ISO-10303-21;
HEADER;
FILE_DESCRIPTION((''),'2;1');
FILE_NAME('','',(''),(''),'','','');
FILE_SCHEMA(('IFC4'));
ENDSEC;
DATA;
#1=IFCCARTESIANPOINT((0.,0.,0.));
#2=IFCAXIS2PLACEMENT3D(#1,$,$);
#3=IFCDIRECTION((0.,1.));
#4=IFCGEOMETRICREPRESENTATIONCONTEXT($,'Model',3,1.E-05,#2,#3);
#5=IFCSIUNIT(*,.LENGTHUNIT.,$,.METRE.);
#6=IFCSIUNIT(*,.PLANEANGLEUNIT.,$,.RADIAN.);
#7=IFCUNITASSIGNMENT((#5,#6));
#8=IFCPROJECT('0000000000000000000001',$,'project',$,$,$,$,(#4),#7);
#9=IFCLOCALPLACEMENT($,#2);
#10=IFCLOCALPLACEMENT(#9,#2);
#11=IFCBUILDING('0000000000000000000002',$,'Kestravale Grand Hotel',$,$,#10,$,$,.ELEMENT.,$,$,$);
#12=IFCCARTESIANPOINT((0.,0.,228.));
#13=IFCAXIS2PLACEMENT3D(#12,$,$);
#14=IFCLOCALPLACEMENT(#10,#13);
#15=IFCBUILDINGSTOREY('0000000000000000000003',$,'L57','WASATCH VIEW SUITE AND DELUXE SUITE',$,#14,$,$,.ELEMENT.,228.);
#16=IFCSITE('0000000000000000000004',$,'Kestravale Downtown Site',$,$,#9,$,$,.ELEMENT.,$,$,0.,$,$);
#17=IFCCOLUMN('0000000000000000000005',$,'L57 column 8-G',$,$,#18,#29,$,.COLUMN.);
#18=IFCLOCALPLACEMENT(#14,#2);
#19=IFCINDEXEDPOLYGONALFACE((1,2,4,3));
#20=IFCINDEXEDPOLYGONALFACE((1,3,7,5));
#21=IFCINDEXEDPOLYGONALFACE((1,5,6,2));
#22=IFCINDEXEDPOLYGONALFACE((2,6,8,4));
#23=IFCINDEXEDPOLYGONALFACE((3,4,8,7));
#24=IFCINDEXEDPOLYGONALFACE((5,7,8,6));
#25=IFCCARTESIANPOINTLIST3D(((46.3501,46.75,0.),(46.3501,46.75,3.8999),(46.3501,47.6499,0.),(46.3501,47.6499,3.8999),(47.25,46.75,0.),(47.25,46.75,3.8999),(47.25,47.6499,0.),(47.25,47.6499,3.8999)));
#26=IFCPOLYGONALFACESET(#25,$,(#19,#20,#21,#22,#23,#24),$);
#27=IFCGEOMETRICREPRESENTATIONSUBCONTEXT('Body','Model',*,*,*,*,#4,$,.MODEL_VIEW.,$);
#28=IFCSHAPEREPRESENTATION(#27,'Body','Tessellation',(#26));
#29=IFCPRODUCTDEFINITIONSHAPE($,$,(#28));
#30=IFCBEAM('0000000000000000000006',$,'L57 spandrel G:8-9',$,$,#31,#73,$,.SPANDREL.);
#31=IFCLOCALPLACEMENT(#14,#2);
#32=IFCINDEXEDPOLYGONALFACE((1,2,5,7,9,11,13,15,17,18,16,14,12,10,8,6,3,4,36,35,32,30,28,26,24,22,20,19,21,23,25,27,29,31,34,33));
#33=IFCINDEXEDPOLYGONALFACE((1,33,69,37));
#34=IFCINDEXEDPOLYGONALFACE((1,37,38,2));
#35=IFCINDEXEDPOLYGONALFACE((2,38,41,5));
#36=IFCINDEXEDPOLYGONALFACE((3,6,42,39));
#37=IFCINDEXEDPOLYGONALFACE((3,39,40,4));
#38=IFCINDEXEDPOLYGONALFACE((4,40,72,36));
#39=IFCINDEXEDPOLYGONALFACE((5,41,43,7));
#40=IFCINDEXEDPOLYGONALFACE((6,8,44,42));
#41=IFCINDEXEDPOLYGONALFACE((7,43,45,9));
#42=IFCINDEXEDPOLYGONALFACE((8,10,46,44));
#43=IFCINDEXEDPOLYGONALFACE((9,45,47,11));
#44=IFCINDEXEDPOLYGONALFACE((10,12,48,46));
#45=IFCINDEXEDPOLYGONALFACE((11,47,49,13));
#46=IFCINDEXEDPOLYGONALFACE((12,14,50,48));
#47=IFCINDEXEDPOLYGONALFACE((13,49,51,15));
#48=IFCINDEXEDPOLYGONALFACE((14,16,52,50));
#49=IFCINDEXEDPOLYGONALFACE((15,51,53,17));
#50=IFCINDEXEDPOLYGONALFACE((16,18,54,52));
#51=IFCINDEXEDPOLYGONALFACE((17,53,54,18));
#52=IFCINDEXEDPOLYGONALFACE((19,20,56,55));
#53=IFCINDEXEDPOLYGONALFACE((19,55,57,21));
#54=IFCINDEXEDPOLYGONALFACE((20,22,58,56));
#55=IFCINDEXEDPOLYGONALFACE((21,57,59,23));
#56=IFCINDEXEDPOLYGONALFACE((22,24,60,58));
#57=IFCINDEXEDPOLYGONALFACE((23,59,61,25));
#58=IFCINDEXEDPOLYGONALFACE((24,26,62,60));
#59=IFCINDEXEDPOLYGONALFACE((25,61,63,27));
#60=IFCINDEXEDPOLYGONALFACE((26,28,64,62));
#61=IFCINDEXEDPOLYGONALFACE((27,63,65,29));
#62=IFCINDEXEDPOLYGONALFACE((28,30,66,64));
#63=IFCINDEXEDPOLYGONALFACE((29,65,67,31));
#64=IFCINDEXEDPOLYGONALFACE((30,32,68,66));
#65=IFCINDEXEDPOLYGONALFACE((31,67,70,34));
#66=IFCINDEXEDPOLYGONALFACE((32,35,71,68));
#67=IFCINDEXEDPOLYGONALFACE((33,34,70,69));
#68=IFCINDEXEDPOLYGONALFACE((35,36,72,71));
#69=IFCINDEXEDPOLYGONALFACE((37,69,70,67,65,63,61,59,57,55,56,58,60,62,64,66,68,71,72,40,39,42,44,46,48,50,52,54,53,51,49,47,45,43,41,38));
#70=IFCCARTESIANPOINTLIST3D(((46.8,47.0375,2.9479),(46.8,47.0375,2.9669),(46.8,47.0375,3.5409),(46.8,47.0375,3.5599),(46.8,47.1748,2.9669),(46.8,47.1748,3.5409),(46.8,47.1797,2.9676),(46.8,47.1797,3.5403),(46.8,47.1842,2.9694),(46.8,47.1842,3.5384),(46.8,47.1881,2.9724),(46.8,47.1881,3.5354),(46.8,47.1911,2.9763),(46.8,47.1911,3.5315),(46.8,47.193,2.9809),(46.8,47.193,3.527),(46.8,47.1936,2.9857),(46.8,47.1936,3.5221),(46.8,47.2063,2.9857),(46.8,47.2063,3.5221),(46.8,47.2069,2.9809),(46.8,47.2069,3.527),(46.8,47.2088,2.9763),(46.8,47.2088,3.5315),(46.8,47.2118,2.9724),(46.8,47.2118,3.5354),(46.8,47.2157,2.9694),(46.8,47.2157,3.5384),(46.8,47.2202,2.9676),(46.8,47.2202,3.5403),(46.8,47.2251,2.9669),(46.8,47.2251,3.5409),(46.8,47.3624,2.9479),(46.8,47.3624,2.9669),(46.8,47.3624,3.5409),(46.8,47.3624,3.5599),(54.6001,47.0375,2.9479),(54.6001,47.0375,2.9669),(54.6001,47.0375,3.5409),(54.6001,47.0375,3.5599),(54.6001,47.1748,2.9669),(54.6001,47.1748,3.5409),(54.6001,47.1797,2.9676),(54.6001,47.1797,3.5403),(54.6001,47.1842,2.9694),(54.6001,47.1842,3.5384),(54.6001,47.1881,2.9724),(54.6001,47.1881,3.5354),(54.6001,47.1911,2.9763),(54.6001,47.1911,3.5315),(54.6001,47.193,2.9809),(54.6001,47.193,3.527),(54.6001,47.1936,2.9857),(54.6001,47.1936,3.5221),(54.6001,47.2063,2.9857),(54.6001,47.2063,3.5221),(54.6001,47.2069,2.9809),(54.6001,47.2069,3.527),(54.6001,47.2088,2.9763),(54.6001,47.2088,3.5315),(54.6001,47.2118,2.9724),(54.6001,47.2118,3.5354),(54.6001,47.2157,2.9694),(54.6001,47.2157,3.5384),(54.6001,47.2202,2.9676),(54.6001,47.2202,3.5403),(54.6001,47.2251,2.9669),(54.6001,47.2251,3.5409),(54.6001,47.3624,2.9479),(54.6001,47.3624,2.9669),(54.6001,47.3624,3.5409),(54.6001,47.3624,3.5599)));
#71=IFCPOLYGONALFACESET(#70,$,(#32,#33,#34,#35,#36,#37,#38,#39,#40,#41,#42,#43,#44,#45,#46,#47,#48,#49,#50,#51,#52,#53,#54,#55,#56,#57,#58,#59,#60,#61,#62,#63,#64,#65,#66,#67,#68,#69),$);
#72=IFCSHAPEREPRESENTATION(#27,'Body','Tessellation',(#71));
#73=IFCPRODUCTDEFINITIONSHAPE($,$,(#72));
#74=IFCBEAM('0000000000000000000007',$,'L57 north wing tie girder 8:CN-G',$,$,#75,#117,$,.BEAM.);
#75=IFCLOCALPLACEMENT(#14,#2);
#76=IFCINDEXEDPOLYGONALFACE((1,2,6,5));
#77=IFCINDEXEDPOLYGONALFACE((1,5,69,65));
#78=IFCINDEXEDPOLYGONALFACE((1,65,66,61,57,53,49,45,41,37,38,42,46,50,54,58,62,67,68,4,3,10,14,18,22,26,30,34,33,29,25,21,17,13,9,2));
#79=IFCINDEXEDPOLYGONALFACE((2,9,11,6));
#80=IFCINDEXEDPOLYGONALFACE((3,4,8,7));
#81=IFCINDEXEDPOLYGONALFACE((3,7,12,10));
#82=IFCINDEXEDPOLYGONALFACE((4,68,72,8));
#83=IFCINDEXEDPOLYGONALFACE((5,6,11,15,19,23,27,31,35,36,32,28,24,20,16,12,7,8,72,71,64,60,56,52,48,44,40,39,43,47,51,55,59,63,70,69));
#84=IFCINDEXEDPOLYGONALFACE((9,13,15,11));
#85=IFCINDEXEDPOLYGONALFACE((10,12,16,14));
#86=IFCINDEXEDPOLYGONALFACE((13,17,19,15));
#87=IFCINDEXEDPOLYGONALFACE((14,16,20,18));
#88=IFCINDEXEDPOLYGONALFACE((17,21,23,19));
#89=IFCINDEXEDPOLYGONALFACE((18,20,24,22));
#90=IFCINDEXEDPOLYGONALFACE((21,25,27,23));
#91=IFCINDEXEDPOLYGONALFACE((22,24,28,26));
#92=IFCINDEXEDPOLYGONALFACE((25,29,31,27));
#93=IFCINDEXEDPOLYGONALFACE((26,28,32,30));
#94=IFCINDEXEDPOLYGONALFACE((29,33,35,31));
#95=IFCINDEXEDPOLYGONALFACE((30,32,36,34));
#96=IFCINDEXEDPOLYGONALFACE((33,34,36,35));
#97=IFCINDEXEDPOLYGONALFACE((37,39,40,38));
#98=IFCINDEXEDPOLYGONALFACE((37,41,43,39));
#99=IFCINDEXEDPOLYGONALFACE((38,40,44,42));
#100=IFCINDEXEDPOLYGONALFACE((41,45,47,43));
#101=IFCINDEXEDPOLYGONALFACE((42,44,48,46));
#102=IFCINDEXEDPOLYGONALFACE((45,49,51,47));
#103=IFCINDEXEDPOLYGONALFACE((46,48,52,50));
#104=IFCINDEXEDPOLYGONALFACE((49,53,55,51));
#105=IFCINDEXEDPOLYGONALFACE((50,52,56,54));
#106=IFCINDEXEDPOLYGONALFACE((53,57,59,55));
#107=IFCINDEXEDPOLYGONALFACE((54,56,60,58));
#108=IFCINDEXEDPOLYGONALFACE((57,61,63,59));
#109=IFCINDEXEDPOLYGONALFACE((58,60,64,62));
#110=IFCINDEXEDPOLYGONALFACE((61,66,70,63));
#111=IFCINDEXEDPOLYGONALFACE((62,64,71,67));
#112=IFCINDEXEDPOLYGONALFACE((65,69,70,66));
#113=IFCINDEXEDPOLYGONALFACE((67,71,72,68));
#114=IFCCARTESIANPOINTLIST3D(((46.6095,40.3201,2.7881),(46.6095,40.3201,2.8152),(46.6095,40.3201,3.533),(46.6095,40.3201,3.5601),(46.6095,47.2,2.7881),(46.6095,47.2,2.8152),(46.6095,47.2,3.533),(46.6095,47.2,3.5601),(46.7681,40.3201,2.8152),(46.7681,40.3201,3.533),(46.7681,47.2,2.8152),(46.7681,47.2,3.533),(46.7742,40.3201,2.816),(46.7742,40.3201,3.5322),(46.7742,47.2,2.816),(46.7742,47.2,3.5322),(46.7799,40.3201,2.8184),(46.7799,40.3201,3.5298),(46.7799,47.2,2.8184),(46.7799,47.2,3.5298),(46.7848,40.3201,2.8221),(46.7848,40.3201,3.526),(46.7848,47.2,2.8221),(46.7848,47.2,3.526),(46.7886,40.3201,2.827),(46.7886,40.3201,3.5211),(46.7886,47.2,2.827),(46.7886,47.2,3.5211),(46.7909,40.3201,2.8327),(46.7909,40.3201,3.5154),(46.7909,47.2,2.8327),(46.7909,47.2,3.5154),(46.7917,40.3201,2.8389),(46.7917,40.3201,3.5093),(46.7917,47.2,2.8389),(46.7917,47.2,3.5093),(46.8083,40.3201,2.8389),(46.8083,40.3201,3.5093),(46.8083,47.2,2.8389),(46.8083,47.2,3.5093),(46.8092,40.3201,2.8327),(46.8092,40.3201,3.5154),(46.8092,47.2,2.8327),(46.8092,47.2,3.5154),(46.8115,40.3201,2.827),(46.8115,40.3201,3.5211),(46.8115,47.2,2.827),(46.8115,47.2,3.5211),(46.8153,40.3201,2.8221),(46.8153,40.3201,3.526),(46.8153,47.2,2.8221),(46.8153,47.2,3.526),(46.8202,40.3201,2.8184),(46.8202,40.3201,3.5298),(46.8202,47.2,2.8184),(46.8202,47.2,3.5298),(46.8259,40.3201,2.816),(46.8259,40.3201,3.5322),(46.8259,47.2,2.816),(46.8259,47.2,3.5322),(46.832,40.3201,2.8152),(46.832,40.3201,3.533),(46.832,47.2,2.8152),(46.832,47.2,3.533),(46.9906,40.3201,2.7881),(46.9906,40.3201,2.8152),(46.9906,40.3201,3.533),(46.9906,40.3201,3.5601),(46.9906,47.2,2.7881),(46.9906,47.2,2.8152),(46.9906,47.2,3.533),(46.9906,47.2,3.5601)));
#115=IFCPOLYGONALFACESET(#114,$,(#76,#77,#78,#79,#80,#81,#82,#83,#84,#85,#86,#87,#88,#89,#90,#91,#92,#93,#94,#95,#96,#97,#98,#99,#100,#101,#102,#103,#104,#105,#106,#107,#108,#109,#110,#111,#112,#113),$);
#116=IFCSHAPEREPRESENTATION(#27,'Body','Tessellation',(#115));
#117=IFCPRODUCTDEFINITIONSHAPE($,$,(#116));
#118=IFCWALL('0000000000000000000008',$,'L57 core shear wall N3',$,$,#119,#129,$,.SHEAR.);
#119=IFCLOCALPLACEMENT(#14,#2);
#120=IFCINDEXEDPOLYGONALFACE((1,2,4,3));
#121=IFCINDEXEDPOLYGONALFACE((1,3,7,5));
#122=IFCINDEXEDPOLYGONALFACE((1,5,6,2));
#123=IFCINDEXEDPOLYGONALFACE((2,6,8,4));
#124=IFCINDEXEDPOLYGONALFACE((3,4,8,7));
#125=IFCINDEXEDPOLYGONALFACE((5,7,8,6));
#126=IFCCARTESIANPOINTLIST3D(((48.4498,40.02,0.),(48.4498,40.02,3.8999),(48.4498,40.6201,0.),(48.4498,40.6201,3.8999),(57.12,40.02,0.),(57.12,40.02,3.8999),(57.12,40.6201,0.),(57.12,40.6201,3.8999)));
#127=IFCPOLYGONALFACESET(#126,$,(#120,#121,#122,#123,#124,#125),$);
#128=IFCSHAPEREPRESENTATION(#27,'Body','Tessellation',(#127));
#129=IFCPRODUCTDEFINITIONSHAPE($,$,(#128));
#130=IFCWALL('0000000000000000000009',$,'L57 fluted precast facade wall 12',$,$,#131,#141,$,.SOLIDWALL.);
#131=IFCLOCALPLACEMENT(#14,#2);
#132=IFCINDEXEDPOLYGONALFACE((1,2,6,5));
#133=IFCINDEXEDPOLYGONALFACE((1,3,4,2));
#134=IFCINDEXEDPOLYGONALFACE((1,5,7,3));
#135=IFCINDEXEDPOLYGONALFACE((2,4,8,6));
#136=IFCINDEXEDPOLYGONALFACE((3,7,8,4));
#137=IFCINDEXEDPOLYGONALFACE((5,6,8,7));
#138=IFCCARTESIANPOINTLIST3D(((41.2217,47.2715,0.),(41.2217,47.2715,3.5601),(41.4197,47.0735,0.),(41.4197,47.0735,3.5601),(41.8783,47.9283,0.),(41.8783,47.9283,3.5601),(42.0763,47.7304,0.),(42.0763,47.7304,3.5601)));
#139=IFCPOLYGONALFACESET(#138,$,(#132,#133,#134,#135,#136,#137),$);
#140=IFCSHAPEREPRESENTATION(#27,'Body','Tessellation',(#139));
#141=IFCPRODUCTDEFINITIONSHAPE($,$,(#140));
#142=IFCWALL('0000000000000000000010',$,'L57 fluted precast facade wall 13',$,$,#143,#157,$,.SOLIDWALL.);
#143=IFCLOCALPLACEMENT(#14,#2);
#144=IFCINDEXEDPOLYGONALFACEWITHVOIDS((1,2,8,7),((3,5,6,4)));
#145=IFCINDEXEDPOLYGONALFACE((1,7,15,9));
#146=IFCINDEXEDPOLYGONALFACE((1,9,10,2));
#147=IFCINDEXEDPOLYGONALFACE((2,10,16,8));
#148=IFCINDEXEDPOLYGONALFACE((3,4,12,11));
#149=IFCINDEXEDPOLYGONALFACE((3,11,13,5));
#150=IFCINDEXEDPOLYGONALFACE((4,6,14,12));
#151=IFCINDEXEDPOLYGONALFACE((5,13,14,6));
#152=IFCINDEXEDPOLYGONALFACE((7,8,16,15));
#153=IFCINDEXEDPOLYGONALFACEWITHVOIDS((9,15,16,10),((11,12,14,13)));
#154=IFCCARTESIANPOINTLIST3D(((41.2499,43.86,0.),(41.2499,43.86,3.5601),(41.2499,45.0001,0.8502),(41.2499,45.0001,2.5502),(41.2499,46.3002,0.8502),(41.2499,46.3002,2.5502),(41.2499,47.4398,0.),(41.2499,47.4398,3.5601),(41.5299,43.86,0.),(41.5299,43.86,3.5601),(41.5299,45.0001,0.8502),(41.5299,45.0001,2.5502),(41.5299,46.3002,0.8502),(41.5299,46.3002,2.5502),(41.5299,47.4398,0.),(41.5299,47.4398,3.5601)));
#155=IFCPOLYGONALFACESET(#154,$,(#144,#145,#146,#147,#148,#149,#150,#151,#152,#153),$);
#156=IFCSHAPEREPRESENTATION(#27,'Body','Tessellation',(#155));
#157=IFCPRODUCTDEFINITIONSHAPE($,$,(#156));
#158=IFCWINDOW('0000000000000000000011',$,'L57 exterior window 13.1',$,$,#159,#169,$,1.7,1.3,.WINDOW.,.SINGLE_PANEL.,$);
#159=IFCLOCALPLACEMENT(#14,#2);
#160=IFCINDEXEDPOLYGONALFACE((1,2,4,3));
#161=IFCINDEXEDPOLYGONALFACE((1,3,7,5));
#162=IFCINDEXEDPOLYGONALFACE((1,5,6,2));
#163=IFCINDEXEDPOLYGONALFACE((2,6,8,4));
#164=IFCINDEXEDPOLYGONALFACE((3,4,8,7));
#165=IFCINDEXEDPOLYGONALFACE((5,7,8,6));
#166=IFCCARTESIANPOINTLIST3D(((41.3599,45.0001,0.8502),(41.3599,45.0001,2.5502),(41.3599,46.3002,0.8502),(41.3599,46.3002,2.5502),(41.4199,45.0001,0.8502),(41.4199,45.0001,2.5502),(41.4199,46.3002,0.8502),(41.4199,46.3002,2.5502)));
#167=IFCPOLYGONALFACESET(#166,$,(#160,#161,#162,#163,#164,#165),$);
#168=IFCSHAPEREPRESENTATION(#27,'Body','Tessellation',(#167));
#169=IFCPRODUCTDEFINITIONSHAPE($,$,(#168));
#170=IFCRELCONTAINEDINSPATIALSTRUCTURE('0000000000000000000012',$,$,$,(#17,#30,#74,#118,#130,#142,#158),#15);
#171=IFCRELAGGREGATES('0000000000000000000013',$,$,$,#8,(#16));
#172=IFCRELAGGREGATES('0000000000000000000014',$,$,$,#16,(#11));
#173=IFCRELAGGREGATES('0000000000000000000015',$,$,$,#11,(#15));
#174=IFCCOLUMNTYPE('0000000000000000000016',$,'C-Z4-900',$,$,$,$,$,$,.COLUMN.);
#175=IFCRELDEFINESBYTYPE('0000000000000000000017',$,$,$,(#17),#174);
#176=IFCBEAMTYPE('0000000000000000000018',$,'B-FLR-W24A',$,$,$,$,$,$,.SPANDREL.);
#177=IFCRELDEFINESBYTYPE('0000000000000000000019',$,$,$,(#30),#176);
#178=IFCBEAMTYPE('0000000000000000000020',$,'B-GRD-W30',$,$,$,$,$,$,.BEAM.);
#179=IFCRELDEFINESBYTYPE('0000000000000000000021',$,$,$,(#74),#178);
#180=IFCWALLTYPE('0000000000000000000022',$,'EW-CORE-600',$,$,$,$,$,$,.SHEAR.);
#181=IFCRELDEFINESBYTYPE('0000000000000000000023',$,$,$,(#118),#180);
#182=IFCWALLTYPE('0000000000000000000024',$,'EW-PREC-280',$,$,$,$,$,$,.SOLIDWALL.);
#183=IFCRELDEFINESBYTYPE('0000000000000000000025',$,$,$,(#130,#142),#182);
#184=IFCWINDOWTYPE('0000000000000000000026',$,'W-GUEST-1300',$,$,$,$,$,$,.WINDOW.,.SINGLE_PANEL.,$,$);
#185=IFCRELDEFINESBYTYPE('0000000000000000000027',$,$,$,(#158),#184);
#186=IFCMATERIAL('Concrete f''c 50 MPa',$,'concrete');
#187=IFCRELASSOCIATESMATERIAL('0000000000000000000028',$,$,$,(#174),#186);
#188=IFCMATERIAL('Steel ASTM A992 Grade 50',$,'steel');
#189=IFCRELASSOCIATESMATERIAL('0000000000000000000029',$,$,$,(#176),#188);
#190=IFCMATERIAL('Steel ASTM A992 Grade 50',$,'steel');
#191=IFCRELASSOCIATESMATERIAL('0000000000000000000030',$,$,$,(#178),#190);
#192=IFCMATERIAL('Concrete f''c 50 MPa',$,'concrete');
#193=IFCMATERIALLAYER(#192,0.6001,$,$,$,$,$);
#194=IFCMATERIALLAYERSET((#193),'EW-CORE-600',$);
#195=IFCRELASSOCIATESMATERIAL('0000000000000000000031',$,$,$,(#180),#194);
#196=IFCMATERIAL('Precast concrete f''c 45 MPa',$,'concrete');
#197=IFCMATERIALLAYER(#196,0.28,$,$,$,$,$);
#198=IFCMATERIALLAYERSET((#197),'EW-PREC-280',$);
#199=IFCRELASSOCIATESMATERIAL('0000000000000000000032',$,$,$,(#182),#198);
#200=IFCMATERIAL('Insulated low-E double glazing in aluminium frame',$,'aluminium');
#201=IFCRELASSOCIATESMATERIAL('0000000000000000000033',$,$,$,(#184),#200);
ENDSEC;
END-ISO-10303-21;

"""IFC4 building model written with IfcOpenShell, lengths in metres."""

from ifc_helpers import new_model, si_unit, direction, frame, frame_2d, origin, origin_2d, place, context, subcontext, project, spatial, rectangle, i_section, extrude, material, layer, layer_set, material_profile, profile_set, type_object, element, fill, save


model = new_model("IFC4")

# Units and contexts
model_context = context("Model", 3, precision=1e-05, world=origin(), true_north=direction((0.0, 1.0)))
body_context = subcontext(model_context, "Body", "Model", "MODEL_VIEW")
ifc_project = project(units=[si_unit("LENGTHUNIT", "METRE"), si_unit("PLANEANGLEUNIT", "RADIAN")], contexts=[model_context])

# Site, building, storey
site_placement = place(None, origin())
site = spatial("IfcSite", under=ifc_project, at=site_placement, Name="Kestravale Downtown Site", CompositionType="ELEMENT", RefElevation=0.0)
building_placement = place(site_placement, origin())
building = spatial("IfcBuilding", under=site, at=building_placement, Name="Kestravale Grand Hotel", CompositionType="ELEMENT")
storey_placement = place(building_placement, frame((0.0, 0.0, 228.0)))
storey = spatial("IfcBuildingStorey", under=building, at=storey_placement, Name="L57", Description="WASATCH VIEW SUITE AND DELUXE SUITE", CompositionType="ELEMENT", Elevation=228.0)

# Column
ifc_material_1 = material(Name="Concrete f'c 50 MPa", Category="concrete")
ifc_material_profile_1 = material_profile(ifc_material_1, rectangle(XDim=0.8999, YDim=0.8999, at=origin_2d()))
ifc_profile_set_1 = profile_set([ifc_material_profile_1], Name="Concrete f'c 50 MPa")
column_type = type_object("IfcColumnType", Name="C-Z4-900", PredefinedType="COLUMN", material=ifc_profile_set_1)
column_placement = place(storey_placement, frame((46.8, 47.2, 0.0), z_axis=(0.0, 0.0, 1.0), x_axis=(1.0, 0.0, 0.0)))
element("IfcColumn", 1, at=column_placement, inside=storey, type_object=column_type, Name="L57 column 8-G", PredefinedType="COLUMN", context=body_context, shape_type="SweptSolid", body=[
    extrude(rectangle(XDim=0.8999, YDim=0.8999, at=origin_2d()), origin(), (0.0, 0.0, 1.0), 3.8999),
])

# Beams
ifc_material_2 = material(Name="Steel ASTM A992 Grade 50", Category="steel")
ifc_material_profile_2 = material_profile(ifc_material_2, i_section(OverallWidth=0.325, OverallDepth=0.6121, WebThickness=0.0127, FlangeThickness=0.019, FilletRadius=0.0188, at=origin_2d()))
ifc_profile_set_2 = profile_set([ifc_material_profile_2], Name="Steel ASTM A992 Grade 50")
beam_type_1 = type_object("IfcBeamType", Name="B-FLR-W24A", PredefinedType="SPANDREL", material=ifc_profile_set_2)
beam_1_placement = place(storey_placement, frame((46.8, 47.2, 3.2539), z_axis=(1.0, 0.0, 0.0), x_axis=(0.0, 1.0, 0.0)))
element("IfcBeam", 2, at=beam_1_placement, inside=storey, type_object=beam_type_1, Name="L57 spandrel G:8-9", PredefinedType="SPANDREL", context=body_context, shape_type="SweptSolid", body=[
    extrude(i_section(OverallWidth=0.325, OverallDepth=0.6121, WebThickness=0.0127, FlangeThickness=0.019, FilletRadius=0.0188, at=origin_2d()), origin(), (0.0, 0.0, 1.0), 7.8),
])
ifc_material_3 = material(Name="Steel ASTM A992 Grade 50", Category="steel")
ifc_material_profile_3 = material_profile(ifc_material_3, i_section(OverallWidth=0.3811, OverallDepth=0.772, WebThickness=0.0166, FlangeThickness=0.0271, FilletRadius=0.0237, at=origin_2d()))
ifc_profile_set_3 = profile_set([ifc_material_profile_3], Name="Steel ASTM A992 Grade 50")
beam_type_2 = type_object("IfcBeamType", Name="B-GRD-W30", PredefinedType="BEAM", material=ifc_profile_set_3)
beam_2_placement = place(storey_placement, frame((46.8, 40.3201, 3.1741), z_axis=(0.0, 1.0, 0.0), x_axis=(-1.0, 0.0, 0.0)))
element("IfcBeam", 3, at=beam_2_placement, inside=storey, type_object=beam_type_2, Name="L57 north wing tie girder 8:CN-G", PredefinedType="BEAM", context=body_context, shape_type="SweptSolid", body=[
    extrude(i_section(OverallWidth=0.3811, OverallDepth=0.772, WebThickness=0.0166, FlangeThickness=0.0271, FilletRadius=0.0237, at=origin_2d()), origin(), (0.0, 0.0, 1.0), 6.8799),
])

# Walls
ifc_material_4 = material(Name="Concrete f'c 50 MPa", Category="concrete")
ifc_layer_1 = layer(ifc_material_4, 0.6001)
ifc_layer_set_1 = layer_set([ifc_layer_1], Name="EW-CORE-600")
wall_type_1 = type_object("IfcWallType", Name="EW-CORE-600", PredefinedType="SHEAR", material=ifc_layer_set_1)
wall_1_placement = place(storey_placement, frame((48.45, 40.3201, 0.0), z_axis=(0.0, 0.0, 1.0), x_axis=(1.0, 0.0, 0.0)))
element("IfcWall", 4, at=wall_1_placement, inside=storey, type_object=wall_type_1, Name="L57 core shear wall N3", PredefinedType="SHEAR", context=body_context, shape_type="SweptSolid", body=[
    extrude(rectangle(XDim=8.6702, YDim=0.6001, at=frame_2d((4.335, 0.0))), origin(), (0.0, 0.0, 1.0), 3.8999),
])
ifc_material_5 = material(Name="Precast concrete f'c 45 MPa", Category="concrete")
ifc_layer_2 = layer(ifc_material_5, 0.28)
ifc_layer_set_2 = layer_set([ifc_layer_2], Name="EW-PREC-280")
wall_type_2 = type_object("IfcWallType", Name="EW-PREC-280", PredefinedType="SOLIDWALL", material=ifc_layer_set_2)
wall_2_placement = place(storey_placement, frame((41.9773, 47.8293, 0.0), z_axis=(0.0, 0.0, 1.0), x_axis=(-0.706975, -0.707238, 0.0)))
element("IfcWall", 5, at=wall_2_placement, inside=storey, type_object=wall_type_2, Name="L57 fluted precast facade wall 12", PredefinedType="SOLIDWALL", context=body_context, shape_type="SweptSolid", body=[
    extrude(rectangle(XDim=0.9287, YDim=0.28, at=frame_2d((0.4644, 0.0))), origin(), (0.0, 0.0, 1.0), 3.5601),
])

# Wall, opening, window
wall_3_placement = place(storey_placement, frame((41.3899, 47.4399, 0.0), z_axis=(0.0, 0.0, 1.0), x_axis=(0.0, -1.0, 0.0)))
wall_3 = element("IfcWall", 6, at=wall_3_placement, inside=storey, type_object=wall_type_2, Name="L57 fluted precast facade wall 13", PredefinedType="SOLIDWALL", context=body_context, shape_type="SweptSolid", body=[
    extrude(rectangle(XDim=3.5798, YDim=0.28, at=frame_2d((1.79, 0.0))), origin(), (0.0, 0.0, 1.0), 3.5601),
])
opening_1_placement = place(wall_3_placement, frame((1.1399, 0.0, 0.8501)))
opening_1 = element("IfcOpeningElement", 7, at=opening_1_placement, cuts=wall_3, PredefinedType="OPENING", context=body_context, shape_type="SweptSolid", body=[
    extrude(rectangle(XDim=1.3, YDim=1.7, at=frame_2d((0.6499, 0.8501))), frame((0.0, 0.1499, 0.0), z_axis=(0.0, -1.0, 0.0), x_axis=(1.0, 0.0, 0.0)), (0.0, 0.0, 1.0), 0.3),
])
ifc_material_6 = material(Name="Insulated low-E double glazing in aluminium frame", Category="aluminium")
window_type = type_object("IfcWindowType", Name="W-GUEST-1300", PartitioningType="SINGLE_PANEL", PredefinedType="WINDOW", material=ifc_material_6)
window_1_placement = place(opening_1_placement, origin())
window_1 = element("IfcWindow", 8, at=window_1_placement, inside=storey, type_object=window_type, Name="L57 exterior window 13.1", OverallHeight=1.7, OverallWidth=1.3, PartitioningType="SINGLE_PANEL", PredefinedType="WINDOW", context=body_context, shape_type="SweptSolid", body=[
    extrude(rectangle(XDim=1.3, YDim=1.7, at=frame_2d((0.6499, 0.8501))), frame((0.0, 0.03, 0.0), z_axis=(0.0, -1.0, 0.0), x_axis=(1.0, 0.0, 0.0)), (0.0, 0.0, 1.0), 0.0601),
])
fill(opening_1, window_1)

save(model, "model.ifc")
